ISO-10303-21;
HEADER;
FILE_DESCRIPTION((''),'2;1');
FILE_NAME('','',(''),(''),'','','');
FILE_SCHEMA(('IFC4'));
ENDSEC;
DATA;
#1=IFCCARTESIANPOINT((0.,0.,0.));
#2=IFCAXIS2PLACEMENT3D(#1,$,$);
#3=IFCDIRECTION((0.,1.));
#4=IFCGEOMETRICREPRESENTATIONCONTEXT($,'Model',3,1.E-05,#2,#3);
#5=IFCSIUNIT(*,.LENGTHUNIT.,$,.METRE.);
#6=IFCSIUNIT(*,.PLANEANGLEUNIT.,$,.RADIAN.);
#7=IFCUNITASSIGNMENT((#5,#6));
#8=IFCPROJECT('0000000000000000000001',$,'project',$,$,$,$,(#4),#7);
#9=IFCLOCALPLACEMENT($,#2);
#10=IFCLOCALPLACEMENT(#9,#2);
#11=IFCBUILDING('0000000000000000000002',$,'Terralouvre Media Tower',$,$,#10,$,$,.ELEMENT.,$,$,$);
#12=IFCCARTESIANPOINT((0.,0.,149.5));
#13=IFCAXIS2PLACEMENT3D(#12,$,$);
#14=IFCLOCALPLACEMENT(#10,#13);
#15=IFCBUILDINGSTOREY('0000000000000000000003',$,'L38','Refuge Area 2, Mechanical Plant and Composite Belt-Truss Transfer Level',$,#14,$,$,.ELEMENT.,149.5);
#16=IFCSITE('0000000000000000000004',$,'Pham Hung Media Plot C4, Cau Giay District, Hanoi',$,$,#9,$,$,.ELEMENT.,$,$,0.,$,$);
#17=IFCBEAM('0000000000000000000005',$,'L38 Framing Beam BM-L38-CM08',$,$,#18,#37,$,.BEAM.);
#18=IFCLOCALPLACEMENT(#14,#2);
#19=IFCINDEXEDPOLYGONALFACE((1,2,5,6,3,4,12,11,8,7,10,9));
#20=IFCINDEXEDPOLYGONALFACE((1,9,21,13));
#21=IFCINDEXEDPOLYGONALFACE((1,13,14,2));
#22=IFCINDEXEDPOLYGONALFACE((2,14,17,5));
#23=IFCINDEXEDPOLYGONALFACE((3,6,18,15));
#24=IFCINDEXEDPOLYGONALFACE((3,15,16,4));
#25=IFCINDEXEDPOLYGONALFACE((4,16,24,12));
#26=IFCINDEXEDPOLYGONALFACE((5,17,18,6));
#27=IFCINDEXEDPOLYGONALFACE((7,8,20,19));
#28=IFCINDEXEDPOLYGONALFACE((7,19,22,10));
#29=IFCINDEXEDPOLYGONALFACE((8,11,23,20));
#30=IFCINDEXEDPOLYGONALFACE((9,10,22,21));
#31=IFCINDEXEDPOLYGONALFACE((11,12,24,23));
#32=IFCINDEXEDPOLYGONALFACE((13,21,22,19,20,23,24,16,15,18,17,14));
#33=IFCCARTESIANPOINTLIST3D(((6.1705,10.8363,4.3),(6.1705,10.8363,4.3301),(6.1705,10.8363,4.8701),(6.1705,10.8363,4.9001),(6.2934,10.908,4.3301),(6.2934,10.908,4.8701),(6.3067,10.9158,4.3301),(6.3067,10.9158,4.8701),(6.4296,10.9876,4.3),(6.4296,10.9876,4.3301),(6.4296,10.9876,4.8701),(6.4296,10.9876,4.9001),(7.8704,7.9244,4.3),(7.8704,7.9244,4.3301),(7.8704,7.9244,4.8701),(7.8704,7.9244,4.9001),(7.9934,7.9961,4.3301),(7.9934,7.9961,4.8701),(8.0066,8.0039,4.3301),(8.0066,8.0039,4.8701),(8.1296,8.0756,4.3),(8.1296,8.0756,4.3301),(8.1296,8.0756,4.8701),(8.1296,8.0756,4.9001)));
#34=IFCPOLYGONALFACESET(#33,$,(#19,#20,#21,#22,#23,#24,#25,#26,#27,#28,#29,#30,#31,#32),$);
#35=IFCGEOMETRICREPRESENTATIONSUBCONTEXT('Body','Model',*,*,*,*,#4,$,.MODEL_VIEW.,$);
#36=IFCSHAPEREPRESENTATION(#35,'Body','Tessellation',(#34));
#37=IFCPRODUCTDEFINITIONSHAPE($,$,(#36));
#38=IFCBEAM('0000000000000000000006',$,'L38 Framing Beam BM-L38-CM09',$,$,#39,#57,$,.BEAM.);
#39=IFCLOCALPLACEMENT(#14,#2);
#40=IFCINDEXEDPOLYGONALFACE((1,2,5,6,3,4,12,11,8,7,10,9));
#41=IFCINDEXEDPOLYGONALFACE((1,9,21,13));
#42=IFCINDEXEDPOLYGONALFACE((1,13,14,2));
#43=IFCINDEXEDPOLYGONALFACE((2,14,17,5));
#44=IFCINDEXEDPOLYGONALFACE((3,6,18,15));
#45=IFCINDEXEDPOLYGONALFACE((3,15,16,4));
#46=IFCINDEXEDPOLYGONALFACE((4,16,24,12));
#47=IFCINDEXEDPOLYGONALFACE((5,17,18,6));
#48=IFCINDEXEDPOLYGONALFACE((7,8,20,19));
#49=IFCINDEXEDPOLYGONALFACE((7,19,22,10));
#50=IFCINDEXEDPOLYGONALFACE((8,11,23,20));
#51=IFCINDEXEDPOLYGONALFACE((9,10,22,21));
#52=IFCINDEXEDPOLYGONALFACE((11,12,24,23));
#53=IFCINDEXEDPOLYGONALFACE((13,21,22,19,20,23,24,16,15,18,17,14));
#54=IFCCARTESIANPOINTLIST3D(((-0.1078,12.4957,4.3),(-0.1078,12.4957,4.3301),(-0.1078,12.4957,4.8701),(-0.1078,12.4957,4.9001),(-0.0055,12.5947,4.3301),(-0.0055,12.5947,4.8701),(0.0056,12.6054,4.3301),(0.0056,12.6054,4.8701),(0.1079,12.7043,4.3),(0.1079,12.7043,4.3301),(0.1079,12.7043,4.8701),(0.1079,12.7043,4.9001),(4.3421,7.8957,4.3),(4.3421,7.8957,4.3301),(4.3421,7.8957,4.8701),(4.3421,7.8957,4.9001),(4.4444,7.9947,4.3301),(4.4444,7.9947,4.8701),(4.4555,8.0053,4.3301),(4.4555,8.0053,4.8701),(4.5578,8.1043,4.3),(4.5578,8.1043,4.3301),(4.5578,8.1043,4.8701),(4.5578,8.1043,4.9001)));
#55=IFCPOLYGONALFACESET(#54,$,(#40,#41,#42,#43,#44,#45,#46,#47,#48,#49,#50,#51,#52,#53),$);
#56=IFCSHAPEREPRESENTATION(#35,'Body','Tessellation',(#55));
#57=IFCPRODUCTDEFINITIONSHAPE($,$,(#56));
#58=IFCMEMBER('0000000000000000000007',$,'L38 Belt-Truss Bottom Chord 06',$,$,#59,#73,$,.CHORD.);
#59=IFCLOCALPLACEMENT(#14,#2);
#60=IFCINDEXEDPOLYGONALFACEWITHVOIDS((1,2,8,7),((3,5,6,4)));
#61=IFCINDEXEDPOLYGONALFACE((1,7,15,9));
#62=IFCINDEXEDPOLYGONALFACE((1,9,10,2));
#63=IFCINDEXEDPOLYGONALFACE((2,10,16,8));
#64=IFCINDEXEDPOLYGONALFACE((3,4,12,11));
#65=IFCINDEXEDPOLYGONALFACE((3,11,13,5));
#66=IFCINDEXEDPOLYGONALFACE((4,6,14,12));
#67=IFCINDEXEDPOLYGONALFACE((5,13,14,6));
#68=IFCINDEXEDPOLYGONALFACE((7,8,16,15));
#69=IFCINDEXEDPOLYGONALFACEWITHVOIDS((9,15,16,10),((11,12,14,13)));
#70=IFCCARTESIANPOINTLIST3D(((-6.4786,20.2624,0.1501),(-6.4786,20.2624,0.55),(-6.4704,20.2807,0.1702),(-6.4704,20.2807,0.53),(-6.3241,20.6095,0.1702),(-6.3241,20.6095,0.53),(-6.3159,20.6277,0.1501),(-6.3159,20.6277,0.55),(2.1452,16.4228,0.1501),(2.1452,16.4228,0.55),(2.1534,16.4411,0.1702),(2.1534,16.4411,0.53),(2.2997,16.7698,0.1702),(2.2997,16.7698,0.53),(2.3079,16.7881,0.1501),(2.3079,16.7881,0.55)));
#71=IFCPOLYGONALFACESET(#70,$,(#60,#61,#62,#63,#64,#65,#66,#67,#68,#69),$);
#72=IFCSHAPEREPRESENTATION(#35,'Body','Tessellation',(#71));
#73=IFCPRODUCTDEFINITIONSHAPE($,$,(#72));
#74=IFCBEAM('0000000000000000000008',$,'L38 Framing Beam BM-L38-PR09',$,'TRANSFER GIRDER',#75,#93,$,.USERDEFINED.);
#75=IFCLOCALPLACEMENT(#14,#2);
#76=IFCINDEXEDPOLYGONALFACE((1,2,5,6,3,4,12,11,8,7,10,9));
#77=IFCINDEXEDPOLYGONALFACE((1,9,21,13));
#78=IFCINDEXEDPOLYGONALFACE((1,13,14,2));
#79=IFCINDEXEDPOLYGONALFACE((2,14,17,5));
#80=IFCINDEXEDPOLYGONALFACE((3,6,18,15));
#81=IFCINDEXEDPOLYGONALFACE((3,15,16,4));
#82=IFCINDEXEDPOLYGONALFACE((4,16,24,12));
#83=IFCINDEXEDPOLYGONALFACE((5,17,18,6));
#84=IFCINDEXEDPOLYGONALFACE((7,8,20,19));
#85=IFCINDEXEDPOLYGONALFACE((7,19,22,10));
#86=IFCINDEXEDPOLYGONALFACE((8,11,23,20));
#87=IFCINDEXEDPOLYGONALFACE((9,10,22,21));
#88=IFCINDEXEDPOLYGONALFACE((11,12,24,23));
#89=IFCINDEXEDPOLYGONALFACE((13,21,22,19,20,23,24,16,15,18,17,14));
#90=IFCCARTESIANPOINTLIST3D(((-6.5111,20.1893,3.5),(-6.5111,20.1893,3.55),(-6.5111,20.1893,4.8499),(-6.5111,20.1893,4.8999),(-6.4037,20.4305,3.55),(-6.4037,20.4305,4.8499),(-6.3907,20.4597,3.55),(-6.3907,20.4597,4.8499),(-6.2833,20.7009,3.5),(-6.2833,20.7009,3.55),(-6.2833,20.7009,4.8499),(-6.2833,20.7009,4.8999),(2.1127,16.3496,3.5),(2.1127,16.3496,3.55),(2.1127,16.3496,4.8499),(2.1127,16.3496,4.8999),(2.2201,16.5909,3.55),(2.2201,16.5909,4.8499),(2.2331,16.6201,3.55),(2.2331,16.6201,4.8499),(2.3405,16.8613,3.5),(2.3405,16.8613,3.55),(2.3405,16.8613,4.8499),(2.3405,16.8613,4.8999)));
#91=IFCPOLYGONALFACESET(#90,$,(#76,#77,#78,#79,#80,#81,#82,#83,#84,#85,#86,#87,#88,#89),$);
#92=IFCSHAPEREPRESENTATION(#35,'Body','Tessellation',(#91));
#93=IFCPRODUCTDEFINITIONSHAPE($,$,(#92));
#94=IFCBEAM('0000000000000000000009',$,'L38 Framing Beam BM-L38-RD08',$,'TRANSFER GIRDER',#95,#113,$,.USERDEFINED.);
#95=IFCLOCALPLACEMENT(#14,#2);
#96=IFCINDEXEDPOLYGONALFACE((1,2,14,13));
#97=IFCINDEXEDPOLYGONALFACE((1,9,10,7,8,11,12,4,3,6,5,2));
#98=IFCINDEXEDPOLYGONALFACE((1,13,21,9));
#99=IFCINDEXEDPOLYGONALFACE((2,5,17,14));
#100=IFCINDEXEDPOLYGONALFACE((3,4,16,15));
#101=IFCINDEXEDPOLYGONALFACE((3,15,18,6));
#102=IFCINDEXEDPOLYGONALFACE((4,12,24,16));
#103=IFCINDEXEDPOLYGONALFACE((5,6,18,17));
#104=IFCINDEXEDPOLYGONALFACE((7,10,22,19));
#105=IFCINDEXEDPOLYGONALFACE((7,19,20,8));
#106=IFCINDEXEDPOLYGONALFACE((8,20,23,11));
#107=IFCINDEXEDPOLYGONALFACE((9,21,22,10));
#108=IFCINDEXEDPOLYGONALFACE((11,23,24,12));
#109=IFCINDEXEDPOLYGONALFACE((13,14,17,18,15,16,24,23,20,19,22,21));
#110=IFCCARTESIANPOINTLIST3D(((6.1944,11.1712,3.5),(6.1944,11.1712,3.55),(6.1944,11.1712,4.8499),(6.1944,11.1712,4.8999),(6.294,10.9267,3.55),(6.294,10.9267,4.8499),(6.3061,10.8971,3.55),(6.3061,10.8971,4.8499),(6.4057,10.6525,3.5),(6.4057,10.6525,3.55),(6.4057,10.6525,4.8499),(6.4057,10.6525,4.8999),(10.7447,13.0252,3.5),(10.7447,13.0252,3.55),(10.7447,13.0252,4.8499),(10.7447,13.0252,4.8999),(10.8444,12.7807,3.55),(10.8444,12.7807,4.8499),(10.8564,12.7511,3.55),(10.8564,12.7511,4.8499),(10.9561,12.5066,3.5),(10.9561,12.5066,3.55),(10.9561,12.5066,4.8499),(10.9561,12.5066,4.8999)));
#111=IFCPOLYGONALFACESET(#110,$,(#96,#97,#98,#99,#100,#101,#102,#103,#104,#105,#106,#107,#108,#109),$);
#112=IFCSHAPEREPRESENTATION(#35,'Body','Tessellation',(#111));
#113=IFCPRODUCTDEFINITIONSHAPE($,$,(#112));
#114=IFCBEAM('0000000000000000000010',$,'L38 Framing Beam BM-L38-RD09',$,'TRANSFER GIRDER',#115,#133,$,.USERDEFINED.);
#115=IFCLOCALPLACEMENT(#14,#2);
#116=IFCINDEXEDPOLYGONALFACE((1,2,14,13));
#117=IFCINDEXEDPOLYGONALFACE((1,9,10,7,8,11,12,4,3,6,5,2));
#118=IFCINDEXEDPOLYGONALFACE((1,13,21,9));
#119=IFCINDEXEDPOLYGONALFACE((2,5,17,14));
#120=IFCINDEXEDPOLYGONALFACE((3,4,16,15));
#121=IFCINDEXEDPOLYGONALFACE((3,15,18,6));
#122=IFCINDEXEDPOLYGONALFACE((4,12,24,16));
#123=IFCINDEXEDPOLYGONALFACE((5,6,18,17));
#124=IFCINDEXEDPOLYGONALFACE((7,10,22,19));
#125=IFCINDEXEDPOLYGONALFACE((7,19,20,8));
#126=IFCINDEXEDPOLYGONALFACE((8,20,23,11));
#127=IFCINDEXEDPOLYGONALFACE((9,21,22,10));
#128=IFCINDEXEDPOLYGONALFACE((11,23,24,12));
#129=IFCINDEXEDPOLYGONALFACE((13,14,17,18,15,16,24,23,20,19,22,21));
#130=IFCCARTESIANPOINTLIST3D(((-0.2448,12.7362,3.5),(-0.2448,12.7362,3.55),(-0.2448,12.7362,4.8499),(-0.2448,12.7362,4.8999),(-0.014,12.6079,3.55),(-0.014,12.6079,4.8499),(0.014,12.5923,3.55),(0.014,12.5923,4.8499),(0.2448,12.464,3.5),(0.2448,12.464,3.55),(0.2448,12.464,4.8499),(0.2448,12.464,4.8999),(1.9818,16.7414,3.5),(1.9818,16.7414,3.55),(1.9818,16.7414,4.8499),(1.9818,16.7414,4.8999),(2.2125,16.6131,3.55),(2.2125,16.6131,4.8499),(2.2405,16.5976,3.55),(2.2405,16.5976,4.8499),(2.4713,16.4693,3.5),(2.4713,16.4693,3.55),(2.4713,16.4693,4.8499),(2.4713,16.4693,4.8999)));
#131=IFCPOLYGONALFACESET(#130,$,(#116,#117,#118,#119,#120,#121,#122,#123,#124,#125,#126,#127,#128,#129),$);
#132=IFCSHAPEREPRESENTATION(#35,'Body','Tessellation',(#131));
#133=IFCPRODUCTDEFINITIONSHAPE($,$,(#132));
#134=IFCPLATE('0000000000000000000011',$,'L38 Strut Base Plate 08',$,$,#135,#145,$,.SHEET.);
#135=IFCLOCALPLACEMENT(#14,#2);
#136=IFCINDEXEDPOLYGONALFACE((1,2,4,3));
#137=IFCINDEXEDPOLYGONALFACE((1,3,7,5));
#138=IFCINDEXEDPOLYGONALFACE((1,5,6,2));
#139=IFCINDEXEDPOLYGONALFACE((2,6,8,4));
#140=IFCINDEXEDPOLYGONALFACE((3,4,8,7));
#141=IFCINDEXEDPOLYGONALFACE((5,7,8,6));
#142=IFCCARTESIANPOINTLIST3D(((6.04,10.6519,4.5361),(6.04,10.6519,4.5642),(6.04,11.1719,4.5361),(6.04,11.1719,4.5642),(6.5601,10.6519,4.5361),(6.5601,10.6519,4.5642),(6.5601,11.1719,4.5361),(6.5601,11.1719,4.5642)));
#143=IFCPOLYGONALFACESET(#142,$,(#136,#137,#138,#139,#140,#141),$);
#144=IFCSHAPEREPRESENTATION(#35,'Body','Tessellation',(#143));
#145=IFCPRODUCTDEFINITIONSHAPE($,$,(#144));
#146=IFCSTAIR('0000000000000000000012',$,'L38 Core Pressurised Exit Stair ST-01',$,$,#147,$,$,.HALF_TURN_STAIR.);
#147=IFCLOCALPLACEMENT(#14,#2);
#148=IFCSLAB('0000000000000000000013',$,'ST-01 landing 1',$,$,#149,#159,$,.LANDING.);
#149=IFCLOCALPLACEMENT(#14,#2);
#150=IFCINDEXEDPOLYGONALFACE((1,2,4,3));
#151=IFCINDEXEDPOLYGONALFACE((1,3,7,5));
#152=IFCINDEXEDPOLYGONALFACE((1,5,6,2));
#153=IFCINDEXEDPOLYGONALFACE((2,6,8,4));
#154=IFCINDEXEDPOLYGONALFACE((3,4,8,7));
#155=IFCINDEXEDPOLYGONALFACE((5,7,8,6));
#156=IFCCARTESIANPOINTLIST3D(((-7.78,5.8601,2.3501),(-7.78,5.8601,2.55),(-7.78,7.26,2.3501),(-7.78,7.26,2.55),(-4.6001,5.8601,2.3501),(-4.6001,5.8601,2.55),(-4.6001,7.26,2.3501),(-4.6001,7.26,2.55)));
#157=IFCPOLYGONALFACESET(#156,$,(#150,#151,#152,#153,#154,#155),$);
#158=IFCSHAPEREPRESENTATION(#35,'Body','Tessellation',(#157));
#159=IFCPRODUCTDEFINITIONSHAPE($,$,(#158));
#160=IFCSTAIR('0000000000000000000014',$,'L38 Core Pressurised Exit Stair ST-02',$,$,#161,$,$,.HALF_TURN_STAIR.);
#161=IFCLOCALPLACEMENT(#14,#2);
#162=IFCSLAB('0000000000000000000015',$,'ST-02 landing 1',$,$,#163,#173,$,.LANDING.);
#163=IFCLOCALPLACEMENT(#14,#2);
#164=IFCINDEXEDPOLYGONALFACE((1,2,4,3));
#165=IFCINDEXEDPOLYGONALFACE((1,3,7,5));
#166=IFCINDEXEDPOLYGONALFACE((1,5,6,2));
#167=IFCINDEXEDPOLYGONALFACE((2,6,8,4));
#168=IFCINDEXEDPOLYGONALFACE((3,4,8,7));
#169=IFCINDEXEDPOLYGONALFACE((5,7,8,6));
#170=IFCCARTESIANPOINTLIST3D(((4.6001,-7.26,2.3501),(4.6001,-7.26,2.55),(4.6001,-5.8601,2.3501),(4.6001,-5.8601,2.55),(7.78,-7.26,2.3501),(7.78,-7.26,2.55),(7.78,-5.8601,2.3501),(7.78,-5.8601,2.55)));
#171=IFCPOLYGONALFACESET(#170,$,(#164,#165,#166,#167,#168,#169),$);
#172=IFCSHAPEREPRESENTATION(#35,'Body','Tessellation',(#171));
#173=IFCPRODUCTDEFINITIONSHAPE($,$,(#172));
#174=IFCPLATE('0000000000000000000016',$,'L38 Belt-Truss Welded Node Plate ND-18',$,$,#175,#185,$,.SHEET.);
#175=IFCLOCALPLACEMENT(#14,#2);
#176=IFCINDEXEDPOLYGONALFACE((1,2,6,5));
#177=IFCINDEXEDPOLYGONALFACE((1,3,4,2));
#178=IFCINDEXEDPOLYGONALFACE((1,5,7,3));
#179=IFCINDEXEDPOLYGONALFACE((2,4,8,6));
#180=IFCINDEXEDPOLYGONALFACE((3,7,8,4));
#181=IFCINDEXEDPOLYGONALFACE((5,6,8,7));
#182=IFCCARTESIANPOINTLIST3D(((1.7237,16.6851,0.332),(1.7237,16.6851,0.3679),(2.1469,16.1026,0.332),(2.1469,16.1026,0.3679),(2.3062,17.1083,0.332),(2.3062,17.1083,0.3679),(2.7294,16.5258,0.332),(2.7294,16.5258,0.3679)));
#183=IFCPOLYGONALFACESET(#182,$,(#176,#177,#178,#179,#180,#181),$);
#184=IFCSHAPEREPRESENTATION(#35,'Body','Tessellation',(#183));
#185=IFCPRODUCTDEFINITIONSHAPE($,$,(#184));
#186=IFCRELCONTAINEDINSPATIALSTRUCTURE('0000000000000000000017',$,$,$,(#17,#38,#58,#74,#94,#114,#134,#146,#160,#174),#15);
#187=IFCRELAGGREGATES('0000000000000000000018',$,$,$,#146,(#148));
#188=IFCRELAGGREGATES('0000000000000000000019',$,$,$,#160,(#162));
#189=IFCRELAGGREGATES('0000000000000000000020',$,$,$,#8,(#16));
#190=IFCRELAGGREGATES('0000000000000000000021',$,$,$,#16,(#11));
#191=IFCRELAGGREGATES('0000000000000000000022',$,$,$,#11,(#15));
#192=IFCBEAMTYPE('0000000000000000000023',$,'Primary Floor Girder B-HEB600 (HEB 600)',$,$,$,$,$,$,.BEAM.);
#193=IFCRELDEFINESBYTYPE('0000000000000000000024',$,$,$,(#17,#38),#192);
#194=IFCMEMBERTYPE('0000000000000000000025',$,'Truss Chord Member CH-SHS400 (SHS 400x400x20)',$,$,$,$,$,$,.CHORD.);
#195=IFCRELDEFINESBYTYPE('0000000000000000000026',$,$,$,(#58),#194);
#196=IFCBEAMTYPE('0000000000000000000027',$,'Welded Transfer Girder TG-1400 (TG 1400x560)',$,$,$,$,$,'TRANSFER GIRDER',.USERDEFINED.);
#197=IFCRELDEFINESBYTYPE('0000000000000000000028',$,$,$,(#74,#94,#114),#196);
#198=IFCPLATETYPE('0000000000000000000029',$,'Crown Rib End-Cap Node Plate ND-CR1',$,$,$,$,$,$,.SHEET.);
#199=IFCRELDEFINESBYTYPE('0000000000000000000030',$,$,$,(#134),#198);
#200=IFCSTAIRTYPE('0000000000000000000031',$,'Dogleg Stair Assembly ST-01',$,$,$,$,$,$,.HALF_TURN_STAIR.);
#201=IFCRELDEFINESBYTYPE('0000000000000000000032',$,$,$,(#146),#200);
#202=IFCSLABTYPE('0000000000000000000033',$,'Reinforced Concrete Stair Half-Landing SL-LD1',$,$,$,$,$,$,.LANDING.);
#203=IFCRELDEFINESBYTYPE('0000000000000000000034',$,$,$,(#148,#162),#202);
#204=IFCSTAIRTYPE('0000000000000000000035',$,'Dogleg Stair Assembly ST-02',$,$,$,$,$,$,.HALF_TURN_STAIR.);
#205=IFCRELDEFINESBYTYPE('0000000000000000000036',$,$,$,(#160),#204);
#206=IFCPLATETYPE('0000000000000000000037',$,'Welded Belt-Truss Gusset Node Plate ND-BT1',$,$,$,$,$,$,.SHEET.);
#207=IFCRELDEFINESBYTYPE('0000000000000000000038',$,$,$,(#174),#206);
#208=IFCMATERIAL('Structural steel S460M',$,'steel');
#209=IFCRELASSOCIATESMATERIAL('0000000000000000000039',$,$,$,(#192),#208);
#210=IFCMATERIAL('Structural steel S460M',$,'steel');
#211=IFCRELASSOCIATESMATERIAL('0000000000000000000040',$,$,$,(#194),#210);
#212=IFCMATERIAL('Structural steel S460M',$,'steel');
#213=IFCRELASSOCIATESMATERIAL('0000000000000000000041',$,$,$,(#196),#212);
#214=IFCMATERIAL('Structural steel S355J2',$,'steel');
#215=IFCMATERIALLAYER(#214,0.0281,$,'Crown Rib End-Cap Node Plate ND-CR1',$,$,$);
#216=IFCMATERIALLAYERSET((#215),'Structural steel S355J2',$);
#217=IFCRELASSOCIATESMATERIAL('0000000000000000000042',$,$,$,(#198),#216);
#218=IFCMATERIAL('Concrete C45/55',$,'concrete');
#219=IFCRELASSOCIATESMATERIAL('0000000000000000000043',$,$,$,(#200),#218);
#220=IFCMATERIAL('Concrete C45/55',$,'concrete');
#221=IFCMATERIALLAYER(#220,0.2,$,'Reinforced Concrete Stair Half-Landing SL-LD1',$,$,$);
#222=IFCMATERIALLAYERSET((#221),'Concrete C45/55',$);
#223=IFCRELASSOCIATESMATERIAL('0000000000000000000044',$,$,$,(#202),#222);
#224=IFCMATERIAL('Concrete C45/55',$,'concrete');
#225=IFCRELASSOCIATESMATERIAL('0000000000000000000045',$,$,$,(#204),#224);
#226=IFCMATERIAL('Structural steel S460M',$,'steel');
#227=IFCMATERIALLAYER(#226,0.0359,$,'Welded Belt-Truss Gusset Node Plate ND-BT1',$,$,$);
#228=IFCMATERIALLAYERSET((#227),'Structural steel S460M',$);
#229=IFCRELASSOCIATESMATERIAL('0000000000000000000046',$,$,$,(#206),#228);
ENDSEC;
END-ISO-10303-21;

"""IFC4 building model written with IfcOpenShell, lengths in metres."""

from ifc_helpers import new_model, si_unit, direction, frame, origin, origin_2d, place, context, subcontext, project, spatial, polyline, rectangle, hollow_rectangle, i_section, outline, extrude, material, layer, layer_set, material_profile, profile_set, type_object, element, aggregate, save


model = new_model("IFC4")

# Units and contexts
model_context = context("Model", 3, precision=1e-05, world=origin(), true_north=direction((0.0, 1.0)))
body_context = subcontext(model_context, "Body", "Model", "MODEL_VIEW")
ifc_project = project(units=[si_unit("LENGTHUNIT", "METRE"), si_unit("PLANEANGLEUNIT", "RADIAN")], contexts=[model_context])

# Site, building, storey
site_placement = place(None, origin())
site = spatial("IfcSite", under=ifc_project, at=site_placement, Name="Pham Hung Media Plot C4, Cau Giay District, Hanoi", CompositionType="ELEMENT", RefElevation=0.0)
building_placement = place(site_placement, origin())
building = spatial("IfcBuilding", under=site, at=building_placement, Name="Terralouvre Media Tower", CompositionType="ELEMENT")
storey_placement = place(building_placement, frame((0.0, 0.0, 149.5)))
storey = spatial("IfcBuildingStorey", under=building, at=storey_placement, Name="L38", Description="Refuge Area 2, Mechanical Plant and Composite Belt-Truss Transfer Level", CompositionType="ELEMENT", Elevation=149.5)

# Beams
ifc_material_1 = material(Name="Structural steel S460M", Category="steel")
ifc_material_profile_1 = material_profile(ifc_material_1, i_section(OverallWidth=0.3, OverallDepth=0.6001, WebThickness=0.0154, FlangeThickness=0.03, at=origin_2d()), Name="HEB 600")
ifc_profile_set_1 = profile_set([ifc_material_profile_1], Name="Structural steel S460M")
beam_type_1 = type_object("IfcBeamType", Name="Primary Floor Girder B-HEB600 (HEB 600)", PredefinedType="BEAM", material=ifc_profile_set_1)
for number, where, z_axis, x_axis, name in (
    (1, (8.0, 8.0, 4.6001), (-0.504173, 0.863603, 0.0), (-0.863603, -0.504173, 0.0), "L38 Framing Beam BM-L38-CM08"),
):
    element("IfcBeam", number, at=place(storey_placement, frame(where, z_axis=z_axis, x_axis=x_axis)), inside=storey, type_object=beam_type_1, Name=name, PredefinedType="BEAM", context=body_context, shape_type="SweptSolid", body=[
        extrude(i_section(OverallWidth=0.3, OverallDepth=0.6001, WebThickness=0.0154, FlangeThickness=0.03, at=origin_2d()), origin(), (0.0, 0.0, 1.0), 3.3718),
    ])
beam_1_placement = place(storey_placement, frame((4.45, 8.0, 4.6001), z_axis=(-0.69528, 0.718739, 0.0), x_axis=(-0.718739, -0.69528, 0.0)))
element("IfcBeam", 2, at=beam_1_placement, inside=storey, type_object=beam_type_1, Name="L38 Framing Beam BM-L38-CM09", PredefinedType="BEAM", context=body_context, shape_type="SweptSolid", body=[
    extrude(i_section(OverallWidth=0.3, OverallDepth=0.6001, WebThickness=0.0154, FlangeThickness=0.03, at=origin_2d()), origin(), (0.0, 0.0, 1.0), 6.4001),
])

# Member
ifc_material_2 = material(Name="Structural steel S460M", Category="steel")
ifc_material_profile_2 = material_profile(ifc_material_2, hollow_rectangle(XDim=0.3999, YDim=0.3999, WallThickness=0.02, at=origin_2d()), Name="SHS 400x400x20")
ifc_profile_set_2 = profile_set([ifc_material_profile_2], Name="Structural steel S460M")
member_type_1 = type_object("IfcMemberType", Name="Truss Chord Member CH-SHS400 (SHS 400x400x20)", PredefinedType="CHORD", material=ifc_profile_set_2)
member_1_placement = place(storey_placement, frame((2.2266, 16.6055, 0.3501), z_axis=(-0.913544, 0.406741, 0.0), x_axis=(-0.406741, -0.913544, 0.0)))
element("IfcMember", 3, at=member_1_placement, inside=storey, type_object=member_type_1, Name="L38 Belt-Truss Bottom Chord 06", PredefinedType="CHORD", context=body_context, shape_type="SweptSolid", body=[
    extrude(hollow_rectangle(XDim=0.3999, YDim=0.3999, WallThickness=0.02, at=origin_2d()), origin(), (0.0, 0.0, 1.0), 9.4399),
])

# Beams
ifc_material_3 = material(Name="Structural steel S460M", Category="steel")
ifc_material_profile_3 = material_profile(ifc_material_3, i_section(OverallWidth=0.5601, OverallDepth=1.3999, WebThickness=0.032, FlangeThickness=0.05, at=origin_2d()), Name="TG 1400x560")
ifc_profile_set_3 = profile_set([ifc_material_profile_3], Name="Structural steel S460M")
beam_type_2 = type_object("IfcBeamType", Name="Welded Transfer Girder TG-1400 (TG 1400x560)", ElementType="TRANSFER GIRDER", PredefinedType="USERDEFINED", material=ifc_profile_set_3)
beam_2_placement = place(storey_placement, frame((2.2266, 16.6055, 4.2), z_axis=(-0.913544, 0.406741, 0.0), x_axis=(-0.406741, -0.913544, 0.0)))
element("IfcBeam", 4, at=beam_2_placement, inside=storey, type_object=beam_type_2, Name="L38 Framing Beam BM-L38-PR09", ObjectType="TRANSFER GIRDER", PredefinedType="USERDEFINED", context=body_context, shape_type="SweptSolid", body=[
    extrude(i_section(OverallWidth=0.5601, OverallDepth=1.3999, WebThickness=0.032, FlangeThickness=0.05, at=origin_2d()), origin(), (0.0, 0.0, 1.0), 9.4399),
])
beam_3_placement = place(storey_placement, frame((6.3, 10.9119, 4.2), z_axis=(0.926079, 0.377328, 0.0), x_axis=(-0.377328, 0.926079, 0.0)))
element("IfcBeam", 5, at=beam_3_placement, inside=storey, type_object=beam_type_2, Name="L38 Framing Beam BM-L38-RD08", ObjectType="TRANSFER GIRDER", PredefinedType="USERDEFINED", context=body_context, shape_type="SweptSolid", body=[
    extrude(i_section(OverallWidth=0.5601, OverallDepth=1.3999, WebThickness=0.032, FlangeThickness=0.05, at=origin_2d()), origin(), (0.0, 0.0, 1.0), 4.9136),
])
beam_4_placement = place(storey_placement, frame((0.0, 12.6001, 4.2), z_axis=(0.485869, 0.874032, 0.0), x_axis=(-0.874032, 0.485869, 0.0)))
element("IfcBeam", 6, at=beam_4_placement, inside=storey, type_object=beam_type_2, Name="L38 Framing Beam BM-L38-RD09", ObjectType="TRANSFER GIRDER", PredefinedType="USERDEFINED", context=body_context, shape_type="SweptSolid", body=[
    extrude(i_section(OverallWidth=0.5601, OverallDepth=1.3999, WebThickness=0.032, FlangeThickness=0.05, at=origin_2d()), origin(), (0.0, 0.0, 1.0), 4.5825),
])

# Plate
ifc_material_4 = material(Name="Structural steel S355J2", Category="steel")
ifc_layer_1 = layer(ifc_material_4, 0.0281, Name="Crown Rib End-Cap Node Plate ND-CR1")
ifc_layer_set_1 = layer_set([ifc_layer_1], Name="Structural steel S355J2")
plate_type_1 = type_object("IfcPlateType", Name="Crown Rib End-Cap Node Plate ND-CR1", PredefinedType="SHEET", material=ifc_layer_set_1)
plate_placement = place(storey_placement, frame((6.3, 10.9119, 4.5361), z_axis=(0.0, 0.0, 1.0), x_axis=(1.0, 0.0, 0.0)))
element("IfcPlate", 7, at=plate_placement, inside=storey, type_object=plate_type_1, Name="L38 Strut Base Plate 08", PredefinedType="SHEET", context=body_context, shape_type="SweptSolid", body=[
    extrude(rectangle(XDim=0.52, YDim=0.52, at=origin_2d()), origin(), (0.0, 0.0, 1.0), 0.0281),
])

# Stairs, slabs
ifc_material_5 = material(Name="Concrete C45/55", Category="concrete")
stair_type_1 = type_object("IfcStairType", Name="Dogleg Stair Assembly ST-01", PredefinedType="HALF_TURN_STAIR", material=ifc_material_5)
stair_1_placement = place(storey_placement, origin())
stair_1 = element("IfcStair", 8, at=stair_1_placement, inside=storey, type_object=stair_type_1, Name="L38 Core Pressurised Exit Stair ST-01", PredefinedType="HALF_TURN_STAIR")
ifc_material_6 = material(Name="Concrete C45/55", Category="concrete")
ifc_layer_2 = layer(ifc_material_6, 0.2, Name="Reinforced Concrete Stair Half-Landing SL-LD1")
ifc_layer_set_2 = layer_set([ifc_layer_2], Name="Concrete C45/55")
slab_type = type_object("IfcSlabType", Name="Reinforced Concrete Stair Half-Landing SL-LD1", PredefinedType="LANDING", material=ifc_layer_set_2)
slab_1_placement = place(storey_placement, frame((0.0, 0.0, 2.3501)))
slab_1 = element("IfcSlab", 9, at=slab_1_placement, type_object=slab_type, Name="ST-01 landing 1", PredefinedType="LANDING", context=body_context, shape_type="SweptSolid", body=[
    extrude(outline(polyline([(-4.6001, 5.8601), (-4.6001, 7.26), (-7.78, 7.26), (-7.78, 5.8601), (-4.6001, 5.8601)])), origin(), (0.0, 0.0, 1.0), 0.2),
])
aggregate(stair_1, [slab_1])
ifc_material_7 = material(Name="Concrete C45/55", Category="concrete")
stair_type_2 = type_object("IfcStairType", Name="Dogleg Stair Assembly ST-02", PredefinedType="HALF_TURN_STAIR", material=ifc_material_7)
stair_2_placement = place(storey_placement, origin())
stair_2 = element("IfcStair", 10, at=stair_2_placement, inside=storey, type_object=stair_type_2, Name="L38 Core Pressurised Exit Stair ST-02", PredefinedType="HALF_TURN_STAIR")
slab_2_placement = place(storey_placement, frame((0.0, 0.0, 2.3501)))
slab_2 = element("IfcSlab", 11, at=slab_2_placement, type_object=slab_type, Name="ST-02 landing 1", PredefinedType="LANDING", context=body_context, shape_type="SweptSolid", body=[
    extrude(outline(polyline([(4.6001, -5.8601), (4.6001, -7.26), (7.78, -7.26), (7.78, -5.8601), (4.6001, -5.8601)])), origin(), (0.0, 0.0, 1.0), 0.2),
])
aggregate(stair_2, [slab_2])

# Plate
ifc_material_8 = material(Name="Structural steel S460M", Category="steel")
ifc_layer_3 = layer(ifc_material_8, 0.0359, Name="Welded Belt-Truss Gusset Node Plate ND-BT1")
ifc_layer_set_3 = layer_set([ifc_layer_3], Name="Structural steel S460M")
plate_type_2 = type_object("IfcPlateType", Name="Welded Belt-Truss Gusset Node Plate ND-BT1", PredefinedType="SHEET", material=ifc_layer_set_3)
for number, where, z_axis, x_axis, name in (
    (12, (2.2266, 16.6055, 0.332), (0.0, 0.0, 1.0), (0.809017, 0.587785, 0.0), "L38 Belt-Truss Welded Node Plate ND-18"),
):
    element("IfcPlate", number, at=place(storey_placement, frame(where, z_axis=z_axis, x_axis=x_axis)), inside=storey, type_object=plate_type_2, Name=name, PredefinedType="SHEET", context=body_context, shape_type="SweptSolid", body=[
        extrude(rectangle(XDim=0.72, YDim=0.72, at=origin_2d()), origin(), (0.0, 0.0, 1.0), 0.0359),
    ])

save(model, "model.ifc")
